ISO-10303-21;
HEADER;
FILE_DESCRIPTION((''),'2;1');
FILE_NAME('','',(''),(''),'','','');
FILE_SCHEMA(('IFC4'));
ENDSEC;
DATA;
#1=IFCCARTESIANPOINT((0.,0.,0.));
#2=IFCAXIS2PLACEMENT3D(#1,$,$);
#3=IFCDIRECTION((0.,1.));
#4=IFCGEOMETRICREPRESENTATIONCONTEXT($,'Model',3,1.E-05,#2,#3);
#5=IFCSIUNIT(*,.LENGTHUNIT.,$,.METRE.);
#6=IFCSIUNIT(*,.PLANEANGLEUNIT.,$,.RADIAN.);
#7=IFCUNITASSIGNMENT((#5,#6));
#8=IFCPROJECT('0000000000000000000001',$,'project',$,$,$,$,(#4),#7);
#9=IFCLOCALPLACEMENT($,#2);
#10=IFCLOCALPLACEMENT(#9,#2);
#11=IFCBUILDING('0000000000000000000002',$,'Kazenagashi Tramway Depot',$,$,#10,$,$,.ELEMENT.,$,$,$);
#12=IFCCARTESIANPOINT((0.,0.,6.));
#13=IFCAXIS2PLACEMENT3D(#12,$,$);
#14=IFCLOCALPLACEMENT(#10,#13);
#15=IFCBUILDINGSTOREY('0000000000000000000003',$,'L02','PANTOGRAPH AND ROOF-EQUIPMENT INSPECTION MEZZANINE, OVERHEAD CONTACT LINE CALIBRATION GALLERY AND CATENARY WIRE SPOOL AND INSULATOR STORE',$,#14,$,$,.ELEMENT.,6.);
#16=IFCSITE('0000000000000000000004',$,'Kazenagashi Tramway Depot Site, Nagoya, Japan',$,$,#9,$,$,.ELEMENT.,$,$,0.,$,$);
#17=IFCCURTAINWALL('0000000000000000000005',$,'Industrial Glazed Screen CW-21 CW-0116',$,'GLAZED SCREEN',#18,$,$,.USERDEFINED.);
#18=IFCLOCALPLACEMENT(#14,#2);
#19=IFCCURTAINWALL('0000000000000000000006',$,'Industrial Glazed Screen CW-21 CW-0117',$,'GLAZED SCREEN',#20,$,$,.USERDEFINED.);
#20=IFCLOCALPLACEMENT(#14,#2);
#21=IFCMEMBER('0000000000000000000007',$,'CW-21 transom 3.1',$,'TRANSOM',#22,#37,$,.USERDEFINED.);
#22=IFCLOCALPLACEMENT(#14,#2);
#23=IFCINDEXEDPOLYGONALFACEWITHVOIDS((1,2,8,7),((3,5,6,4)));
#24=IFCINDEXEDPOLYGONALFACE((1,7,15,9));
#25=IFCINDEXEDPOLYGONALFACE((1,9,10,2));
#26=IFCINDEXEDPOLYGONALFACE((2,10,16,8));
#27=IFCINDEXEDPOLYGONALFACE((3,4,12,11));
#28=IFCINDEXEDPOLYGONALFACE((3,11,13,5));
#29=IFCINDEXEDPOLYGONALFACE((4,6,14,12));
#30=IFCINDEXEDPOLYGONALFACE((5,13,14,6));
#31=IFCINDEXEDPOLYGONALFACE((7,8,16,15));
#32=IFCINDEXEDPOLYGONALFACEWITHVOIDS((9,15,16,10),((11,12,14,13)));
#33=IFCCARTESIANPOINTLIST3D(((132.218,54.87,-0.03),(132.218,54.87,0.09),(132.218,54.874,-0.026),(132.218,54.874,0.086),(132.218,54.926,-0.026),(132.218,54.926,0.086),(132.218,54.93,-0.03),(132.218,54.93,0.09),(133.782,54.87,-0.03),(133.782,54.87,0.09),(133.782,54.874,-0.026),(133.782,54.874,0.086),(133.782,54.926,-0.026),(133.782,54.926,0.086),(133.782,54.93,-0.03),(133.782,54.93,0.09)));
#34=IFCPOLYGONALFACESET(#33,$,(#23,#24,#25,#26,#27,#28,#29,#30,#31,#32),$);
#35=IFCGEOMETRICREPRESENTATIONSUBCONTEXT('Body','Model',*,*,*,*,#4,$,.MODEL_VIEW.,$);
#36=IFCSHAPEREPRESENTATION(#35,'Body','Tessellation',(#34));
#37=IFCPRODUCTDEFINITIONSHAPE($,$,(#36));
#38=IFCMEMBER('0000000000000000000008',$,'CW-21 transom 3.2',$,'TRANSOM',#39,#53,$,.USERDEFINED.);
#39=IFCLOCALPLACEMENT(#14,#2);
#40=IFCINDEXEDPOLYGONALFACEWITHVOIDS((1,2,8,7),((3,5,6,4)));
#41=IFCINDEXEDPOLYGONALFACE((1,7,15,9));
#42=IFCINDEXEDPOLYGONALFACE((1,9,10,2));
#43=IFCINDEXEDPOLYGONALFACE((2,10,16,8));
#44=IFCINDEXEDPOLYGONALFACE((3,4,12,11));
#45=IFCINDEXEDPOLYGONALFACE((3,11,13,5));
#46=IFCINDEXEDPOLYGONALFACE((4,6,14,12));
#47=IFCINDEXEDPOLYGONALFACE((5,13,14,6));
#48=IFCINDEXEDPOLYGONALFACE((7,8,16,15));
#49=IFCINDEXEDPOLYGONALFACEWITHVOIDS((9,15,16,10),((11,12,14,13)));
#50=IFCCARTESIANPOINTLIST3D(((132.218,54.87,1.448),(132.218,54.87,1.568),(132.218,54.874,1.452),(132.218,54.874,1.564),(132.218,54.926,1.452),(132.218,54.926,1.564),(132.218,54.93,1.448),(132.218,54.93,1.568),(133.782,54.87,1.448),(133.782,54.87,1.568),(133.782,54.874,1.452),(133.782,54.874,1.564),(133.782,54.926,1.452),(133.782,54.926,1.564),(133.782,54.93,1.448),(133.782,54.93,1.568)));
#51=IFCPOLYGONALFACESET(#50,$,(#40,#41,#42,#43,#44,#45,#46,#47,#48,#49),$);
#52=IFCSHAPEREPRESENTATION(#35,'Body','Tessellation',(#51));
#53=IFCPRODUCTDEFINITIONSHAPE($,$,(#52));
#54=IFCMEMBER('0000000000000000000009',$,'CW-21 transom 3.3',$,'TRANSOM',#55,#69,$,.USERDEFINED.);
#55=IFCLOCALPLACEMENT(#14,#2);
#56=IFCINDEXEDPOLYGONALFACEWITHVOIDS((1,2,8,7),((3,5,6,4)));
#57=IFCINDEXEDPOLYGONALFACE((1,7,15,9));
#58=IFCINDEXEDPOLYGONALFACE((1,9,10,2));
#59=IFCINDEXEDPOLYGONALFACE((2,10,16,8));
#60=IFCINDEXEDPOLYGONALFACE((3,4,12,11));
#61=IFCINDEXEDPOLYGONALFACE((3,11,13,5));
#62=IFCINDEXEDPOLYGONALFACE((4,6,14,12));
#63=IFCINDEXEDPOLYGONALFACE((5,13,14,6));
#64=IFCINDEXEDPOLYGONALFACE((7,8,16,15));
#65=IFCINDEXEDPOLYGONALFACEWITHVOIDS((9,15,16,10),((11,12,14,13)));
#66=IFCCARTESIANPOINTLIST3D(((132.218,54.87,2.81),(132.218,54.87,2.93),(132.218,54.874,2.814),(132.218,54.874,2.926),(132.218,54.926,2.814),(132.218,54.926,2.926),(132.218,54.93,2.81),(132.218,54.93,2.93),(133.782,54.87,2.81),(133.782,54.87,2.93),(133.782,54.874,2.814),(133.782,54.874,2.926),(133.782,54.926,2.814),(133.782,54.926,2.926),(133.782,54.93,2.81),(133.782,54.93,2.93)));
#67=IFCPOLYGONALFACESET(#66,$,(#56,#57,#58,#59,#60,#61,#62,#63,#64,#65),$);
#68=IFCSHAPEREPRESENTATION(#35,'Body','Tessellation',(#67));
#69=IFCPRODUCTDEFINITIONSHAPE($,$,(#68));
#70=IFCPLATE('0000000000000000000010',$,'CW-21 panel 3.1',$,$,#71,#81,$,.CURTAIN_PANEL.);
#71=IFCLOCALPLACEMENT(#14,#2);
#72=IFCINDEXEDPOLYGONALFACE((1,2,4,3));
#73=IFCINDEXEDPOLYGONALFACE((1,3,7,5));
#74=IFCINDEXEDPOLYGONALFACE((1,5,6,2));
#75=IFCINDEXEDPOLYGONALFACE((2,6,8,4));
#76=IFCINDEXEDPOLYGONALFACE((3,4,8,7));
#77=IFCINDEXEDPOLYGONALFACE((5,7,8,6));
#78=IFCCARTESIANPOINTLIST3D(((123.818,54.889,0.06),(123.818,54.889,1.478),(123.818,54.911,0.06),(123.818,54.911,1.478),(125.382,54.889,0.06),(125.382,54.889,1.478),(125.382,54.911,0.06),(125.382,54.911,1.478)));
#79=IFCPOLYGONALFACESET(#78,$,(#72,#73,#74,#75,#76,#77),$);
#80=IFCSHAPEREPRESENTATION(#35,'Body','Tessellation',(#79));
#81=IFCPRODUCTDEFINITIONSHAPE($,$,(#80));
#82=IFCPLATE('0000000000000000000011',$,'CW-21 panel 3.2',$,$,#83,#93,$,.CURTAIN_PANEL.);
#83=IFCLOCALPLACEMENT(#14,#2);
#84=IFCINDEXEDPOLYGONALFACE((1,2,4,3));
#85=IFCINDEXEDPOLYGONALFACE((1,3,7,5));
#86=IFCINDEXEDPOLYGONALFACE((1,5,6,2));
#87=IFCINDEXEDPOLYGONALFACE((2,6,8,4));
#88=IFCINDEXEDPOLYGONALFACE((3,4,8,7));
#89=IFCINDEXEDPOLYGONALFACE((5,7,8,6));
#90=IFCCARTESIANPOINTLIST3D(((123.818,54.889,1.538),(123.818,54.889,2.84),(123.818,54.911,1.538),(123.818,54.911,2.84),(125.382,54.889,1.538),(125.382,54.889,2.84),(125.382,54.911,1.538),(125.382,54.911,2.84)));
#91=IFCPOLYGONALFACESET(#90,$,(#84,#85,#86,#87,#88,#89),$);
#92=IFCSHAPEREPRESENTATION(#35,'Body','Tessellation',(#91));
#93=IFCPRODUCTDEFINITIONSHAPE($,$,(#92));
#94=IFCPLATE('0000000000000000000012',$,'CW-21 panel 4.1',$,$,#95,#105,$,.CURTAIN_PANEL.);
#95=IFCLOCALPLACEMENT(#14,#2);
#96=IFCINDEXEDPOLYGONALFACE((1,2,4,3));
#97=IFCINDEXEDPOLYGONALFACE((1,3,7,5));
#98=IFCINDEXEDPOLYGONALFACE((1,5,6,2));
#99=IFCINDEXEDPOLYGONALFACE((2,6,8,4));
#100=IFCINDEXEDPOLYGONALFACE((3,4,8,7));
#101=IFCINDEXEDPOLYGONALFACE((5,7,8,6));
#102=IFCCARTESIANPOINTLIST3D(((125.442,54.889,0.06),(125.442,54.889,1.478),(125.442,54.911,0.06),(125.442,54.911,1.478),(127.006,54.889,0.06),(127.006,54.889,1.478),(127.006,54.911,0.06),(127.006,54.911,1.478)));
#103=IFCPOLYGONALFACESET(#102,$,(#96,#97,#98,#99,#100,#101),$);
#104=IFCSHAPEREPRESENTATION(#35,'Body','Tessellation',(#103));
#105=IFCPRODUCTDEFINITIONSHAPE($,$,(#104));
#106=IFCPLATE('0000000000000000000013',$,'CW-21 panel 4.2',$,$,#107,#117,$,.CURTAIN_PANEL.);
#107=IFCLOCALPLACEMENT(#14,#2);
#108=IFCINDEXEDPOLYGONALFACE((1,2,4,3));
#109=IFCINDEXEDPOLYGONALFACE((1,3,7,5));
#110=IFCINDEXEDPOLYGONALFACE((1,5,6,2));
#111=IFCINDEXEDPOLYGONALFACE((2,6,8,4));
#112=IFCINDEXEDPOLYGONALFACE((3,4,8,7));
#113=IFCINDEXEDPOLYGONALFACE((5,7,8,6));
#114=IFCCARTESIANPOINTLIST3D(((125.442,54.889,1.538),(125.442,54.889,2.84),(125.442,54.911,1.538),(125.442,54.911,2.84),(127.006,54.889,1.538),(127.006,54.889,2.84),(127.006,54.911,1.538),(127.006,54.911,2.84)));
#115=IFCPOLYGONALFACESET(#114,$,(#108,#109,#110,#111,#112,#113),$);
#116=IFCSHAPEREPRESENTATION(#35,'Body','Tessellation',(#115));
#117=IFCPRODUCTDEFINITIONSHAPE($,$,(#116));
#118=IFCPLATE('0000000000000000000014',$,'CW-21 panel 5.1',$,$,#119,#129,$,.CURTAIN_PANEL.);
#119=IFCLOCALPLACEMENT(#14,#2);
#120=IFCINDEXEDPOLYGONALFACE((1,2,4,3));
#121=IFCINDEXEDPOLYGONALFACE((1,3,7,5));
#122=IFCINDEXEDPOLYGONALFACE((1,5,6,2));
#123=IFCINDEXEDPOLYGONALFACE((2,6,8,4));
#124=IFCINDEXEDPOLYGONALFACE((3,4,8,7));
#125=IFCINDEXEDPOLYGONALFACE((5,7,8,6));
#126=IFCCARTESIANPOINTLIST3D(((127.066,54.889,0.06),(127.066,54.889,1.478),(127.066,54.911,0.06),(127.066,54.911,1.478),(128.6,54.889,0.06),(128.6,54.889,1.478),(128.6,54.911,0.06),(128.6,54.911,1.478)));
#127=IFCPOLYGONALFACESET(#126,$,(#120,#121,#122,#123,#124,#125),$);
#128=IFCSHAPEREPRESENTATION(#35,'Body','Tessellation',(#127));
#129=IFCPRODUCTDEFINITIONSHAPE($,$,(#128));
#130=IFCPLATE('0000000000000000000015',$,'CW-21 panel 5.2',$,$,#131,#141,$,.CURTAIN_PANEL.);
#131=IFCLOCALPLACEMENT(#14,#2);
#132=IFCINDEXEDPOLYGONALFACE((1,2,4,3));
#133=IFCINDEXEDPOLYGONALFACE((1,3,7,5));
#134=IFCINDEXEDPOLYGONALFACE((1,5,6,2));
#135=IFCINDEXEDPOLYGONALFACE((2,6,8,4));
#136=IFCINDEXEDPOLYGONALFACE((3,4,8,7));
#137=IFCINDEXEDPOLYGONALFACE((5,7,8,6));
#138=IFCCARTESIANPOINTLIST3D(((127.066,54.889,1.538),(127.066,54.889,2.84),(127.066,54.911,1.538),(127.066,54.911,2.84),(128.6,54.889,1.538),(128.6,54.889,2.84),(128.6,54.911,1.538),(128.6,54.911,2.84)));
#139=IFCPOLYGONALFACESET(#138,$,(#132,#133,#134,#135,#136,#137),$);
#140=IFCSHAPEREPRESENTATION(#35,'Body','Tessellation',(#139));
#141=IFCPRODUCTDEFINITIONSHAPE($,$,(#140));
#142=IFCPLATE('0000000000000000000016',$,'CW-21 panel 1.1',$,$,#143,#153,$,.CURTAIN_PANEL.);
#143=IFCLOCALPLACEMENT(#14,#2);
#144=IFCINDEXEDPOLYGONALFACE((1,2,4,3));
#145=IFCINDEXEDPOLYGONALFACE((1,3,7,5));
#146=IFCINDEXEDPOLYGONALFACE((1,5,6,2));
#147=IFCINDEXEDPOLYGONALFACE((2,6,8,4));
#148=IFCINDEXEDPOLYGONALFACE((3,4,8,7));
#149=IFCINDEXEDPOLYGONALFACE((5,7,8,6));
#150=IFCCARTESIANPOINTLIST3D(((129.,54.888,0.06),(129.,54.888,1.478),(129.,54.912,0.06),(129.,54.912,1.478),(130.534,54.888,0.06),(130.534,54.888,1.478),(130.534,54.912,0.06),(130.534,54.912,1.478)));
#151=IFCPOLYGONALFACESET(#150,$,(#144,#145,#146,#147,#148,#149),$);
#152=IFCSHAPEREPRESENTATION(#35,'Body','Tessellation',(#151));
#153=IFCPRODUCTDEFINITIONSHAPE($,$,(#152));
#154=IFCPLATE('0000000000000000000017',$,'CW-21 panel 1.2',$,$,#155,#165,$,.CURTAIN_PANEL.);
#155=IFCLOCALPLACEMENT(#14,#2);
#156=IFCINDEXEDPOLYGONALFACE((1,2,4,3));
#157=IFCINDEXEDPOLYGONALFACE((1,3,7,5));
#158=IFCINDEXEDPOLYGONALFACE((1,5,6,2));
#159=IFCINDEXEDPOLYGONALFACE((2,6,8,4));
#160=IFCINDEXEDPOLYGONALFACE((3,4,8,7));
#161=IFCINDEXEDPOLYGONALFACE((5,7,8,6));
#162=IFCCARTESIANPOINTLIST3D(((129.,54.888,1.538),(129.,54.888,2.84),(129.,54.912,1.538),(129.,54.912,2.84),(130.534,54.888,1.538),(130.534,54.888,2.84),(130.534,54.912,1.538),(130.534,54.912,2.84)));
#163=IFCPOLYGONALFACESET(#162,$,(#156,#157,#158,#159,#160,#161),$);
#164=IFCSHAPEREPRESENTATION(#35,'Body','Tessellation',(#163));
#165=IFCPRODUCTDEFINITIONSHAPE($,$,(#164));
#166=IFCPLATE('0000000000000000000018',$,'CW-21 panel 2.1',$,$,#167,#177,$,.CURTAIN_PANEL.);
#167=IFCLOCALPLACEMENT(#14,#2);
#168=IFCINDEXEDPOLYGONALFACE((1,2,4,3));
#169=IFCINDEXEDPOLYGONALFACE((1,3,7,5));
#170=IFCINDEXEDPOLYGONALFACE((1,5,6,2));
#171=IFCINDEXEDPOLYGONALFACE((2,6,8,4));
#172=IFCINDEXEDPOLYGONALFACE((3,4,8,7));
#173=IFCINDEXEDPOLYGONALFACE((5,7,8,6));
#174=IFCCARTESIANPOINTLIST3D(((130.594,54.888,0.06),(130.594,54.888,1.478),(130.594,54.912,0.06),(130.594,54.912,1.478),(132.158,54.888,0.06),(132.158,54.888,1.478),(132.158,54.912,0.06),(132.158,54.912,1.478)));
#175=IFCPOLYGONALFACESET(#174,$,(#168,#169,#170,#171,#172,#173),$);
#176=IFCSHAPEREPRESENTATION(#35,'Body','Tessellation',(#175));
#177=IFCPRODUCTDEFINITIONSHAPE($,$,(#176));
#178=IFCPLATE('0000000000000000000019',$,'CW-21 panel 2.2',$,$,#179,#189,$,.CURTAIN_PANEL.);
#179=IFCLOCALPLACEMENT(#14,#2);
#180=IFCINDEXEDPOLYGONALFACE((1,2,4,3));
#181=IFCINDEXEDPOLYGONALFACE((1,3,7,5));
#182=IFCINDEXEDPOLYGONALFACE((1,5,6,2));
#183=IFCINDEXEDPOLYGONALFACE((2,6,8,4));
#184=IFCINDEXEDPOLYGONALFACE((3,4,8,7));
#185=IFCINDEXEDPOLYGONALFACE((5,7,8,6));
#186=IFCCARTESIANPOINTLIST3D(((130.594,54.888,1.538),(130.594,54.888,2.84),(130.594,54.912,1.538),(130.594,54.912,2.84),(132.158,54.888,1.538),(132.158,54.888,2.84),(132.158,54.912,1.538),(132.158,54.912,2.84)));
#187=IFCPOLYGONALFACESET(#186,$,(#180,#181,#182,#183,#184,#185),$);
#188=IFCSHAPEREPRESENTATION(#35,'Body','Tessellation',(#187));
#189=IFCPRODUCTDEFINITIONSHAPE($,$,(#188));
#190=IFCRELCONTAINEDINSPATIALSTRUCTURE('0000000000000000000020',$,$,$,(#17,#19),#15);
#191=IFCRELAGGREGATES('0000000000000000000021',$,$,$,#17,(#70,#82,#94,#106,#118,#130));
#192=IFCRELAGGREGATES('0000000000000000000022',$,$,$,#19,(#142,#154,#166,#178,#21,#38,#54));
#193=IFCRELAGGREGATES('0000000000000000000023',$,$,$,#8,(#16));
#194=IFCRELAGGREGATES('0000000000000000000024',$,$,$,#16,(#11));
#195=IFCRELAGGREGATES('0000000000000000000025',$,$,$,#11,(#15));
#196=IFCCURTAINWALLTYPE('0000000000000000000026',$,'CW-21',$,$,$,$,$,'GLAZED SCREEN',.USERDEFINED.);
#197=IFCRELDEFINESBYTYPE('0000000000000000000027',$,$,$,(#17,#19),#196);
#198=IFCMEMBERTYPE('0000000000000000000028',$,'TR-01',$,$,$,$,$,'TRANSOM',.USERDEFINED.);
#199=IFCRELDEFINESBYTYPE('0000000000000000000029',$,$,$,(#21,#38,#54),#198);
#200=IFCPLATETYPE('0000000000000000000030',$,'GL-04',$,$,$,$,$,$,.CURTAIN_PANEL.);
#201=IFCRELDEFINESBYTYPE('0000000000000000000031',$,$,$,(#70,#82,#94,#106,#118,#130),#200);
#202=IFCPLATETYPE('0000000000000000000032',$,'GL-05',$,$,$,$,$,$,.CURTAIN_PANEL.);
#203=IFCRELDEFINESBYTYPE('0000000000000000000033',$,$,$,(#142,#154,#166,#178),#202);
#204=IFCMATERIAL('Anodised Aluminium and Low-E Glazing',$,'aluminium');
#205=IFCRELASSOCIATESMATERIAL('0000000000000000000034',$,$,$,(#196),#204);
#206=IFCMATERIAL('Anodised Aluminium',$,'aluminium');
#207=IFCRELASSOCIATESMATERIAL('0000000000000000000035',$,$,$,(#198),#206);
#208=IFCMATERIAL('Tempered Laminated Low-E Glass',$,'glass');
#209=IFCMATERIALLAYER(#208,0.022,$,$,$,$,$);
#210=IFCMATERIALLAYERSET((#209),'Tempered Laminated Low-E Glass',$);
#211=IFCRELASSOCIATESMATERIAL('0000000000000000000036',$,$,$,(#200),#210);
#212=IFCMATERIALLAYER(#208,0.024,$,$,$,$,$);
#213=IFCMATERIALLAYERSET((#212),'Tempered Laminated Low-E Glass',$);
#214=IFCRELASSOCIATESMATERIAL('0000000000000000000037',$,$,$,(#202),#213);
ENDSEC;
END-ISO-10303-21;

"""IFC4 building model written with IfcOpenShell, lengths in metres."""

from ifc_helpers import new_model, si_unit, direction, frame, origin, origin_2d, place, context, subcontext, project, spatial, rectangle, hollow_rectangle, extrude, material, layer, layer_set, material_profile, profile_set, type_object, element, aggregate, save


model = new_model("IFC4")

# Units and contexts
model_context = context("Model", 3, precision=1e-05, world=origin(), true_north=direction((0.0, 1.0)))
body_context = subcontext(model_context, "Body", "Model", "MODEL_VIEW")
ifc_project = project(units=[si_unit("LENGTHUNIT", "METRE"), si_unit("PLANEANGLEUNIT", "RADIAN")], contexts=[model_context])

# Site, building, storey
site_placement = place(None, origin())
site = spatial("IfcSite", under=ifc_project, at=site_placement, Name="Kazenagashi Tramway Depot Site, Nagoya, Japan", CompositionType="ELEMENT", RefElevation=0.0)
building_placement = place(site_placement, origin())
building = spatial("IfcBuilding", under=site, at=building_placement, Name="Kazenagashi Tramway Depot", CompositionType="ELEMENT")
storey_placement = place(building_placement, frame((0.0, 0.0, 6.0)))
storey = spatial("IfcBuildingStorey", under=building, at=storey_placement, Name="L02", Description="PANTOGRAPH AND ROOF-EQUIPMENT INSPECTION MEZZANINE, OVERHEAD CONTACT LINE CALIBRATION GALLERY AND CATENARY WIRE SPOOL AND INSULATOR STORE", CompositionType="ELEMENT", Elevation=6.0)

# Curtain walls
ifc_material_1 = material(Name="Anodised Aluminium and Low-E Glazing", Category="aluminium")
curtain_wall_type = type_object("IfcCurtainWallType", Name="CW-21", ElementType="GLAZED SCREEN", PredefinedType="USERDEFINED", material=ifc_material_1)
curtain_wall_1_placement = place(storey_placement, origin())
curtain_wall_1 = element("IfcCurtainWall", 1, at=curtain_wall_1_placement, inside=storey, type_object=curtain_wall_type, Name="Industrial Glazed Screen CW-21 CW-0116", ObjectType="GLAZED SCREEN", PredefinedType="USERDEFINED")
ifc_material_2 = material(Name="Anodised Aluminium", Category="aluminium")
curtain_wall_2_placement = place(storey_placement, origin())
curtain_wall_2 = element("IfcCurtainWall", 2, at=curtain_wall_2_placement, inside=storey, type_object=curtain_wall_type, Name="Industrial Glazed Screen CW-21 CW-0117", ObjectType="GLAZED SCREEN", PredefinedType="USERDEFINED")

# Members
ifc_material_profile_1 = material_profile(ifc_material_2, hollow_rectangle(XDim=0.06, YDim=0.12, WallThickness=0.004, at=origin_2d()), Name="RHS-120x60x4")
ifc_profile_set_1 = profile_set([ifc_material_profile_1], Name="Anodised Aluminium")
member_type_1 = type_object("IfcMemberType", Name="TR-01", ElementType="TRANSOM", PredefinedType="USERDEFINED", material=ifc_profile_set_1)
member_1_placement = place(storey_placement, frame((132.218, 54.9, 0.03), z_axis=(1.0, 0.0, 0.0), x_axis=(0.0, 1.0, 0.0)))
member_1 = element("IfcMember", 3, at=member_1_placement, type_object=member_type_1, Name="CW-21 transom 3.1", ObjectType="TRANSOM", PredefinedType="USERDEFINED", context=body_context, shape_type="SweptSolid", body=[
    extrude(hollow_rectangle(XDim=0.06, YDim=0.12, WallThickness=0.004, at=origin_2d()), origin(), (0.0, 0.0, 1.0), 1.564),
])
member_2_placement = place(storey_placement, frame((132.218, 54.9, 1.508), z_axis=(1.0, 0.0, 0.0), x_axis=(0.0, 1.0, 0.0)))
member_2 = element("IfcMember", 4, at=member_2_placement, type_object=member_type_1, Name="CW-21 transom 3.2", ObjectType="TRANSOM", PredefinedType="USERDEFINED", context=body_context, shape_type="SweptSolid", body=[
    extrude(hollow_rectangle(XDim=0.06, YDim=0.12, WallThickness=0.004, at=origin_2d()), origin(), (0.0, 0.0, 1.0), 1.564),
])
member_3_placement = place(storey_placement, frame((132.218, 54.9, 2.87), z_axis=(1.0, 0.0, 0.0), x_axis=(0.0, 1.0, 0.0)))
member_3 = element("IfcMember", 5, at=member_3_placement, type_object=member_type_1, Name="CW-21 transom 3.3", ObjectType="TRANSOM", PredefinedType="USERDEFINED", context=body_context, shape_type="SweptSolid", body=[
    extrude(hollow_rectangle(XDim=0.06, YDim=0.12, WallThickness=0.004, at=origin_2d()), origin(), (0.0, 0.0, 1.0), 1.564),
])

# Plates
ifc_material_3 = material(Name="Tempered Laminated Low-E Glass", Category="glass")
ifc_layer_1 = layer(ifc_material_3, 0.022)
ifc_layer_set_1 = layer_set([ifc_layer_1], Name="Tempered Laminated Low-E Glass")
plate_type_1 = type_object("IfcPlateType", Name="GL-04", PredefinedType="CURTAIN_PANEL", material=ifc_layer_set_1)
plate_1_placement = place(storey_placement, frame((124.6, 54.9, 0.06), z_axis=(0.0, 0.0, 1.0), x_axis=(1.0, 0.0, 0.0)))
plate_1 = element("IfcPlate", 6, at=plate_1_placement, type_object=plate_type_1, Name="CW-21 panel 3.1", PredefinedType="CURTAIN_PANEL", context=body_context, shape_type="SweptSolid", body=[
    extrude(rectangle(XDim=1.564, YDim=0.022, at=origin_2d()), origin(), (0.0, 0.0, 1.0), 1.418),
])
plate_2_placement = place(storey_placement, frame((124.6, 54.9, 1.538), z_axis=(0.0, 0.0, 1.0), x_axis=(1.0, 0.0, 0.0)))
plate_2 = element("IfcPlate", 7, at=plate_2_placement, type_object=plate_type_1, Name="CW-21 panel 3.2", PredefinedType="CURTAIN_PANEL", context=body_context, shape_type="SweptSolid", body=[
    extrude(rectangle(XDim=1.564, YDim=0.022, at=origin_2d()), origin(), (0.0, 0.0, 1.0), 1.302),
])
plate_3_placement = place(storey_placement, frame((126.224, 54.9, 0.06), z_axis=(0.0, 0.0, 1.0), x_axis=(1.0, 0.0, 0.0)))
plate_3 = element("IfcPlate", 8, at=plate_3_placement, type_object=plate_type_1, Name="CW-21 panel 4.1", PredefinedType="CURTAIN_PANEL", context=body_context, shape_type="SweptSolid", body=[
    extrude(rectangle(XDim=1.564, YDim=0.022, at=origin_2d()), origin(), (0.0, 0.0, 1.0), 1.418),
])
plate_4_placement = place(storey_placement, frame((126.224, 54.9, 1.538), z_axis=(0.0, 0.0, 1.0), x_axis=(1.0, 0.0, 0.0)))
plate_4 = element("IfcPlate", 9, at=plate_4_placement, type_object=plate_type_1, Name="CW-21 panel 4.2", PredefinedType="CURTAIN_PANEL", context=body_context, shape_type="SweptSolid", body=[
    extrude(rectangle(XDim=1.564, YDim=0.022, at=origin_2d()), origin(), (0.0, 0.0, 1.0), 1.302),
])
plate_5_placement = place(storey_placement, frame((127.833, 54.9, 0.06), z_axis=(0.0, 0.0, 1.0), x_axis=(1.0, 0.0, 0.0)))
plate_5 = element("IfcPlate", 10, at=plate_5_placement, type_object=plate_type_1, Name="CW-21 panel 5.1", PredefinedType="CURTAIN_PANEL", context=body_context, shape_type="SweptSolid", body=[
    extrude(rectangle(XDim=1.534, YDim=0.022, at=origin_2d()), origin(), (0.0, 0.0, 1.0), 1.418),
])
plate_6_placement = place(storey_placement, frame((127.833, 54.9, 1.538), z_axis=(0.0, 0.0, 1.0), x_axis=(1.0, 0.0, 0.0)))
plate_6 = element("IfcPlate", 11, at=plate_6_placement, type_object=plate_type_1, Name="CW-21 panel 5.2", PredefinedType="CURTAIN_PANEL", context=body_context, shape_type="SweptSolid", body=[
    extrude(rectangle(XDim=1.534, YDim=0.022, at=origin_2d()), origin(), (0.0, 0.0, 1.0), 1.302),
])
aggregate(curtain_wall_1, [plate_1, plate_2, plate_3, plate_4, plate_5, plate_6])
ifc_layer_2 = layer(ifc_material_3, 0.024)
ifc_layer_set_2 = layer_set([ifc_layer_2], Name="Tempered Laminated Low-E Glass")
plate_type_2 = type_object("IfcPlateType", Name="GL-05", PredefinedType="CURTAIN_PANEL", material=ifc_layer_set_2)
plate_7_placement = place(storey_placement, frame((129.767, 54.9, 0.06), z_axis=(0.0, 0.0, 1.0), x_axis=(1.0, 0.0, 0.0)))
plate_7 = element("IfcPlate", 12, at=plate_7_placement, type_object=plate_type_2, Name="CW-21 panel 1.1", PredefinedType="CURTAIN_PANEL", context=body_context, shape_type="SweptSolid", body=[
    extrude(rectangle(XDim=1.534, YDim=0.024, at=origin_2d()), origin(), (0.0, 0.0, 1.0), 1.418),
])
plate_8_placement = place(storey_placement, frame((129.767, 54.9, 1.538), z_axis=(0.0, 0.0, 1.0), x_axis=(1.0, 0.0, 0.0)))
plate_8 = element("IfcPlate", 13, at=plate_8_placement, type_object=plate_type_2, Name="CW-21 panel 1.2", PredefinedType="CURTAIN_PANEL", context=body_context, shape_type="SweptSolid", body=[
    extrude(rectangle(XDim=1.534, YDim=0.024, at=origin_2d()), origin(), (0.0, 0.0, 1.0), 1.302),
])
plate_9_placement = place(storey_placement, frame((131.376, 54.9, 0.06), z_axis=(0.0, 0.0, 1.0), x_axis=(1.0, 0.0, 0.0)))
plate_9 = element("IfcPlate", 14, at=plate_9_placement, type_object=plate_type_2, Name="CW-21 panel 2.1", PredefinedType="CURTAIN_PANEL", context=body_context, shape_type="SweptSolid", body=[
    extrude(rectangle(XDim=1.564, YDim=0.024, at=origin_2d()), origin(), (0.0, 0.0, 1.0), 1.418),
])
plate_10_placement = place(storey_placement, frame((131.376, 54.9, 1.538), z_axis=(0.0, 0.0, 1.0), x_axis=(1.0, 0.0, 0.0)))
plate_10 = element("IfcPlate", 15, at=plate_10_placement, type_object=plate_type_2, Name="CW-21 panel 2.2", PredefinedType="CURTAIN_PANEL", context=body_context, shape_type="SweptSolid", body=[
    extrude(rectangle(XDim=1.564, YDim=0.024, at=origin_2d()), origin(), (0.0, 0.0, 1.0), 1.302),
])
aggregate(curtain_wall_2, [plate_7, plate_8, plate_9, plate_10, member_1, member_2, member_3])

save(model, "model.ifc")
